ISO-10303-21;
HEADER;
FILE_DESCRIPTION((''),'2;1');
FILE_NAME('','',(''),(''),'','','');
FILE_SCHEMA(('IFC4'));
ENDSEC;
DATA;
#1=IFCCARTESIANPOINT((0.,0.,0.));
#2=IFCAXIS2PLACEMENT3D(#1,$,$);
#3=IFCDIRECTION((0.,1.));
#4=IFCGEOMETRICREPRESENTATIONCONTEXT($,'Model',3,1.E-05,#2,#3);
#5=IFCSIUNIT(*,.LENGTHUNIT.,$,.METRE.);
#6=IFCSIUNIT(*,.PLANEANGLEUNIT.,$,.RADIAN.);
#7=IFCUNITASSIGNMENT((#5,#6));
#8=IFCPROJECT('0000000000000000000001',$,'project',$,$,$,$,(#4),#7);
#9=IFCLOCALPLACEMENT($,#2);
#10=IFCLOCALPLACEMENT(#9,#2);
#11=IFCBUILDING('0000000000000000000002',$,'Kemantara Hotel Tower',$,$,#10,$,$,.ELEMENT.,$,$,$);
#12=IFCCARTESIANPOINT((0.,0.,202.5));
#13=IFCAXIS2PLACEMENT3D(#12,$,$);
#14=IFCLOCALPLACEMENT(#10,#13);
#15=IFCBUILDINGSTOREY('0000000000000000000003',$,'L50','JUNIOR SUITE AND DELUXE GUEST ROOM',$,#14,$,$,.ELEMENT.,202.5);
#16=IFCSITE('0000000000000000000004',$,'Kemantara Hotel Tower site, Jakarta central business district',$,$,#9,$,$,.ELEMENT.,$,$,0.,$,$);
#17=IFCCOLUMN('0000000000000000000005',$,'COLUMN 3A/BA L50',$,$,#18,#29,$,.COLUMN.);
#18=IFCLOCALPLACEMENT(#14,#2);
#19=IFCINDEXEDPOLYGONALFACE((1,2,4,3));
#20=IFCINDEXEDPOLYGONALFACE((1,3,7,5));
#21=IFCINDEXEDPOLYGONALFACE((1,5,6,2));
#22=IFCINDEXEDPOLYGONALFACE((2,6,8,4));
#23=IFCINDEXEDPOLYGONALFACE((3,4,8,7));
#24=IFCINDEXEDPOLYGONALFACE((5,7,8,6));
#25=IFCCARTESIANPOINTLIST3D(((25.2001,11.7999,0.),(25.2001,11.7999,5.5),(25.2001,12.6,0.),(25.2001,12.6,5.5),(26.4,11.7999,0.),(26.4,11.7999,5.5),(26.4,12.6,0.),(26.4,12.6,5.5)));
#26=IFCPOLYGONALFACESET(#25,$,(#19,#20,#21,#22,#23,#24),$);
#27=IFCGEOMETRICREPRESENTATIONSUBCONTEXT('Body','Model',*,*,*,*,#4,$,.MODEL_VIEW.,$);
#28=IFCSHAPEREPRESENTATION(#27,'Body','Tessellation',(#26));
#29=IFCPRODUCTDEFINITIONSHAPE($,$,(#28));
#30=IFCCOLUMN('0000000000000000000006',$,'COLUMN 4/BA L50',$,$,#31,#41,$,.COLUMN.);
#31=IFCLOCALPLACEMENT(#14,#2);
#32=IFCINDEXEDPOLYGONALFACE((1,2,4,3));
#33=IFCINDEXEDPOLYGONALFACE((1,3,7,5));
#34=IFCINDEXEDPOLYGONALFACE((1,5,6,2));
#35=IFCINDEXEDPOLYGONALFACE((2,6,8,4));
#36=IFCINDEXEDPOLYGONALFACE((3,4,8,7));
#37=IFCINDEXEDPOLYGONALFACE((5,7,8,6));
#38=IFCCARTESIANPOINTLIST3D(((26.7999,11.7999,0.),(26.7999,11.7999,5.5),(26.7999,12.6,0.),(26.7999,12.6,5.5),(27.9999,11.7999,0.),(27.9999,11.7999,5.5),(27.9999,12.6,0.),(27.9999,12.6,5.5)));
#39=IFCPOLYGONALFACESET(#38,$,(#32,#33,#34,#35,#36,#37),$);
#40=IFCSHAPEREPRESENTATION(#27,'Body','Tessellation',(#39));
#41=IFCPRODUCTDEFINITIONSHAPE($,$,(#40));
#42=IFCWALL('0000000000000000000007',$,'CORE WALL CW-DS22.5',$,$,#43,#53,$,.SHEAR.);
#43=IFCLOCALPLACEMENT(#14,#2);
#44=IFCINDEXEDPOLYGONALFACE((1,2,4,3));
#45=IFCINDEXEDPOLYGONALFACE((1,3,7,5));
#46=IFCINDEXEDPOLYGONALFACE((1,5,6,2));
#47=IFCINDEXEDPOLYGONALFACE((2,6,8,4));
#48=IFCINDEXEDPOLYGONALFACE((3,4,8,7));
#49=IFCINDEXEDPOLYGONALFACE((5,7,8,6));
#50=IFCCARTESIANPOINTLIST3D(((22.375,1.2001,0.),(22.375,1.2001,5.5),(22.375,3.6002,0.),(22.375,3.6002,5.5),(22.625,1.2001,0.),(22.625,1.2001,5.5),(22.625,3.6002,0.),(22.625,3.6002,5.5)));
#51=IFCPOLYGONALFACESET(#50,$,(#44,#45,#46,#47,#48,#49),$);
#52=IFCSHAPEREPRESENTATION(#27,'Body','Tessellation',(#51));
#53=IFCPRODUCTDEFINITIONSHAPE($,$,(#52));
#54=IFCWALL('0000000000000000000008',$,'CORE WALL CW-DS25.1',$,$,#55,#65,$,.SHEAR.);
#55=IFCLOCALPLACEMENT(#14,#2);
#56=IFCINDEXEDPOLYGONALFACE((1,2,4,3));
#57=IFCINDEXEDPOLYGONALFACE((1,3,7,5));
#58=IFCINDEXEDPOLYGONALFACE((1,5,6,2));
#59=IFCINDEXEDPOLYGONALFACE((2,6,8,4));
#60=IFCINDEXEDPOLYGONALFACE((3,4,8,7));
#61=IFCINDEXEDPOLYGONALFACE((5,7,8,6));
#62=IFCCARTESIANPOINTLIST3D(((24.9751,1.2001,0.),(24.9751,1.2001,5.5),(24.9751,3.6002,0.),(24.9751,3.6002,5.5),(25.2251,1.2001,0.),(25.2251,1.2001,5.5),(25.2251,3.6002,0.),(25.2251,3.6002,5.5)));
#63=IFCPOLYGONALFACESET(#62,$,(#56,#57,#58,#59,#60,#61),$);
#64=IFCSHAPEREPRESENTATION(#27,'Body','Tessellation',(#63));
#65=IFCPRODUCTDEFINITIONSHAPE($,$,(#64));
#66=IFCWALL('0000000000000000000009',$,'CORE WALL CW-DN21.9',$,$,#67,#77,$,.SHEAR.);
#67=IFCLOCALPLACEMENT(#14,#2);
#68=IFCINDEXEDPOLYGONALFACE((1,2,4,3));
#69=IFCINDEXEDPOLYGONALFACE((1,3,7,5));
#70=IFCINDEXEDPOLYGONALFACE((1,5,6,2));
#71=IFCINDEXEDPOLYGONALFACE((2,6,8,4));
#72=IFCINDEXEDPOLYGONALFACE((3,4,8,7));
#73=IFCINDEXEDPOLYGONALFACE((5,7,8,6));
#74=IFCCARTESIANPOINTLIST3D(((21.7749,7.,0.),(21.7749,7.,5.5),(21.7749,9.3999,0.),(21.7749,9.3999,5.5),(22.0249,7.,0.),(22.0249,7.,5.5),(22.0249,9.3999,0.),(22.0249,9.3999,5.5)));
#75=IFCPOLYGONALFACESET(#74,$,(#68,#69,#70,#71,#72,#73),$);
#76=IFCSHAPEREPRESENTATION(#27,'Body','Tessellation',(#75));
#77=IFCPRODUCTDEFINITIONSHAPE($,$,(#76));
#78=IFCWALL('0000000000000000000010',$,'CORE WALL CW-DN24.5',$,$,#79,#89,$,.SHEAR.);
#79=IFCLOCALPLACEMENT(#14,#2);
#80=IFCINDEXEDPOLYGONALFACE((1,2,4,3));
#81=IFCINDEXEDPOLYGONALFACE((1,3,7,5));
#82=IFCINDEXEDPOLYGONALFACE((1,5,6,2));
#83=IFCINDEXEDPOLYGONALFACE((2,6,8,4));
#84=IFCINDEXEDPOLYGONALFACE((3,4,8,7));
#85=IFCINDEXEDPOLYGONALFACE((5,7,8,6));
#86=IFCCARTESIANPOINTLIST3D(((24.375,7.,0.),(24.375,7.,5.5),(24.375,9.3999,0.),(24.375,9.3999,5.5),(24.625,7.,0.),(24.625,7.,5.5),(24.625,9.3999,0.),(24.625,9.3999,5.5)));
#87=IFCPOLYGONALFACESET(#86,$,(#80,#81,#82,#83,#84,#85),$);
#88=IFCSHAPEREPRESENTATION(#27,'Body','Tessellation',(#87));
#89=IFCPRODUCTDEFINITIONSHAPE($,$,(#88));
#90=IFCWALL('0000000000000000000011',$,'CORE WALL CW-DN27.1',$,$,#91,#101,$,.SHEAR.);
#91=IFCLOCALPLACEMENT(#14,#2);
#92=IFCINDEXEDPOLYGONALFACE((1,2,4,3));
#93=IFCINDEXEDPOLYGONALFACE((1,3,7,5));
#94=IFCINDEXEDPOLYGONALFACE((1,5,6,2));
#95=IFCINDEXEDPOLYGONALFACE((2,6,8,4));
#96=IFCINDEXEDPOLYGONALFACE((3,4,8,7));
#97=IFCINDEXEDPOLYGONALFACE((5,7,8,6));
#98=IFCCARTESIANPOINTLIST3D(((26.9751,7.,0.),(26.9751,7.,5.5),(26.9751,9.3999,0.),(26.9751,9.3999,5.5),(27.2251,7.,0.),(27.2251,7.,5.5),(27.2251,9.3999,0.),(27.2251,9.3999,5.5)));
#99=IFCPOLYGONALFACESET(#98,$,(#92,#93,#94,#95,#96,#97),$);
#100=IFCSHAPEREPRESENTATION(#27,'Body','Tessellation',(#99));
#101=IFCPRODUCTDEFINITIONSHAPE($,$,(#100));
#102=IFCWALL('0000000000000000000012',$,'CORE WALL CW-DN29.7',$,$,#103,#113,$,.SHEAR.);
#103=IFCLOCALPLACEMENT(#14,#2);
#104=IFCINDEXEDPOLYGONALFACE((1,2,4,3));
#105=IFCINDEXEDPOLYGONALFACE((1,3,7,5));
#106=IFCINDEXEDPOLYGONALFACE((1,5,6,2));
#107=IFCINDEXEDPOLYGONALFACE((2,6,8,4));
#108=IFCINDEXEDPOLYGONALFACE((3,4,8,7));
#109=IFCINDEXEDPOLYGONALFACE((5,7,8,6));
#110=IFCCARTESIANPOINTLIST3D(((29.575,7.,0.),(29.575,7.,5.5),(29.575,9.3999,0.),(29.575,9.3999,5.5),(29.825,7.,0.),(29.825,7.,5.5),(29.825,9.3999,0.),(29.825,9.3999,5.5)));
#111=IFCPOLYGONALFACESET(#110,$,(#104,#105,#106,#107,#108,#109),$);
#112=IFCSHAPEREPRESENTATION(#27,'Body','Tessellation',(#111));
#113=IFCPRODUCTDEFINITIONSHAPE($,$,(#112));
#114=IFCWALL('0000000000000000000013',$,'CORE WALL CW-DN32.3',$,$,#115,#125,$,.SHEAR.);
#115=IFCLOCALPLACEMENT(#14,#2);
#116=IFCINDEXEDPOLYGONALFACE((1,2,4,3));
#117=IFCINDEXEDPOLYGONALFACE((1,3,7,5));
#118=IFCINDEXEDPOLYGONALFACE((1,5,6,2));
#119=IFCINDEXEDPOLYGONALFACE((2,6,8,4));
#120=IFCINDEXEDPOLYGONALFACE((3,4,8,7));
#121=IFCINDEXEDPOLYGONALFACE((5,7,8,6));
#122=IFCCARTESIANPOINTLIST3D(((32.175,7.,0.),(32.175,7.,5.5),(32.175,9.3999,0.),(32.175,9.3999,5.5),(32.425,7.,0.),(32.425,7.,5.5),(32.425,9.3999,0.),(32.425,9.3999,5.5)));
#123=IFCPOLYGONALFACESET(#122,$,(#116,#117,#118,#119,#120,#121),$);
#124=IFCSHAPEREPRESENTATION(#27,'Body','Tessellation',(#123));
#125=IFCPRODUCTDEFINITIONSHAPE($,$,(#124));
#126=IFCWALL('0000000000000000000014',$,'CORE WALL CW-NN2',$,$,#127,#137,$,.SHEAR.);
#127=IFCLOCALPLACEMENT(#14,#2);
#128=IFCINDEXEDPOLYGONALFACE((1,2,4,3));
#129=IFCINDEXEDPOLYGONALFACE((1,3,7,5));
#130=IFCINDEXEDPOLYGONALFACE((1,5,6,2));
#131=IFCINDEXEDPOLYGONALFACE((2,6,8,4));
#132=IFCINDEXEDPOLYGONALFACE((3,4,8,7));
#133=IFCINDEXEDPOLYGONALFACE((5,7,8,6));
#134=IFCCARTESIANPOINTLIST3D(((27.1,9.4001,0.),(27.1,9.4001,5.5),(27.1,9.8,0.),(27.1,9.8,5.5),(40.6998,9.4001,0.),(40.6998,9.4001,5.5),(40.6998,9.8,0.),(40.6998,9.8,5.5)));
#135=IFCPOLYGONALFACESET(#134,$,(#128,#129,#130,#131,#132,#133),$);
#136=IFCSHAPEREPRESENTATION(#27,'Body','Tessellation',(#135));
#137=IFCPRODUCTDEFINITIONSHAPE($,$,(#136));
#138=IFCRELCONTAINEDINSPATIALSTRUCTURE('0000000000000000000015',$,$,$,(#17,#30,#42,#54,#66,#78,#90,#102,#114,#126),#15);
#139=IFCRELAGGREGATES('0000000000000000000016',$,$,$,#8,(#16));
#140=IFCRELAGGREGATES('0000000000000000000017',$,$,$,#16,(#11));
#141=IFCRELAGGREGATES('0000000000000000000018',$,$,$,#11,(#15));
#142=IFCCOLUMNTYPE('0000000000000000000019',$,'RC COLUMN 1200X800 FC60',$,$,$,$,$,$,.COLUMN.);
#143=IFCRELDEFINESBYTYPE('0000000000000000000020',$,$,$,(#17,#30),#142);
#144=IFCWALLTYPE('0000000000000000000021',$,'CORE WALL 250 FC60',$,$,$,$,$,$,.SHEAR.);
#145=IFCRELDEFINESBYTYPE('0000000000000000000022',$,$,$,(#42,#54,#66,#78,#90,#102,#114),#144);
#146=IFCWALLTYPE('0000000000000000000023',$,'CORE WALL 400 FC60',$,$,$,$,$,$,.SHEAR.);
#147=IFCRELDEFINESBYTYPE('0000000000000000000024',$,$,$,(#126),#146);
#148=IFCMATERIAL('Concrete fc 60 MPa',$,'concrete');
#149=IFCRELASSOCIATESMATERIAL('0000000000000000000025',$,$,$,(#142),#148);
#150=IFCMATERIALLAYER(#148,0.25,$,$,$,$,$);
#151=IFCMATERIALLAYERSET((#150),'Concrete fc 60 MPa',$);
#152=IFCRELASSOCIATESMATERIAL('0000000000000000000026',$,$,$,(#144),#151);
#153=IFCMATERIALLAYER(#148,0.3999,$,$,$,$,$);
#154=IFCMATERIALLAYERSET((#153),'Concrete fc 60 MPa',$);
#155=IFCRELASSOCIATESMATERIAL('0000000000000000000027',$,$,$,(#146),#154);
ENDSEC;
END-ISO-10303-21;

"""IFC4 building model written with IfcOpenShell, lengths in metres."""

from ifc_helpers import new_model, si_unit, direction, frame, frame_2d, origin, origin_2d, place, context, subcontext, project, spatial, rectangle, extrude, material, layer, layer_set, material_profile, profile_set, type_object, element, save


model = new_model("IFC4")

# Units and contexts
model_context = context("Model", 3, precision=1e-05, world=origin(), true_north=direction((0.0, 1.0)))
body_context = subcontext(model_context, "Body", "Model", "MODEL_VIEW")
ifc_project = project(units=[si_unit("LENGTHUNIT", "METRE"), si_unit("PLANEANGLEUNIT", "RADIAN")], contexts=[model_context])

# Site, building, storey
site_placement = place(None, origin())
site = spatial("IfcSite", under=ifc_project, at=site_placement, Name="Kemantara Hotel Tower site, Jakarta central business district", CompositionType="ELEMENT", RefElevation=0.0)
building_placement = place(site_placement, origin())
building = spatial("IfcBuilding", under=site, at=building_placement, Name="Kemantara Hotel Tower", CompositionType="ELEMENT")
storey_placement = place(building_placement, frame((0.0, 0.0, 202.5)))
storey = spatial("IfcBuildingStorey", under=building, at=storey_placement, Name="L50", Description="JUNIOR SUITE AND DELUXE GUEST ROOM", CompositionType="ELEMENT", Elevation=202.5)

# Columns
ifc_material_1 = material(Name="Concrete fc 60 MPa", Category="concrete")
ifc_material_profile = material_profile(ifc_material_1, rectangle(XDim=1.2, YDim=0.8, at=origin_2d()), Name="RC 1200X800")
ifc_profile_set = profile_set([ifc_material_profile], Name="Concrete fc 60 MPa")
column_type = type_object("IfcColumnType", Name="RC COLUMN 1200X800 FC60", PredefinedType="COLUMN", material=ifc_profile_set)
for number, where, z_axis, x_axis, name in (
    (1, (25.8, 12.2, 0.0), (0.0, 0.0, 1.0), (1.0, 0.0, 0.0), "COLUMN 3A/BA L50"),
    (2, (27.3999, 12.2, 0.0), (0.0, 0.0, 1.0), (1.0, 0.0, 0.0), "COLUMN 4/BA L50"),
):
    element("IfcColumn", number, at=place(storey_placement, frame(where, z_axis=z_axis, x_axis=x_axis)), inside=storey, type_object=column_type, Name=name, PredefinedType="COLUMN", context=body_context, shape_type="SweptSolid", body=[
        extrude(rectangle(XDim=1.2, YDim=0.8, at=origin_2d()), origin(), (0.0, 0.0, 1.0), 5.5),
    ])

# Walls
ifc_layer_1 = layer(ifc_material_1, 0.25)
ifc_layer_set_1 = layer_set([ifc_layer_1], Name="Concrete fc 60 MPa")
wall_type_1 = type_object("IfcWallType", Name="CORE WALL 250 FC60", PredefinedType="SHEAR", material=ifc_layer_set_1)
for number, where, z_axis, x_axis, name in (
    (3, (22.5, 1.2, 0.0), (0.0, 0.0, 1.0), (0.0, 1.0, 0.0), "CORE WALL CW-DS22.5"),
    (4, (25.1001, 1.2, 0.0), (0.0, 0.0, 1.0), (0.0, 1.0, 0.0), "CORE WALL CW-DS25.1"),
):
    element("IfcWall", number, at=place(storey_placement, frame(where, z_axis=z_axis, x_axis=x_axis)), inside=storey, type_object=wall_type_1, Name=name, PredefinedType="SHEAR", context=body_context, shape_type="SweptSolid", body=[
        extrude(rectangle(XDim=2.4001, YDim=0.25, at=frame_2d((1.2002, 0.0))), origin(), (0.0, 0.0, 1.0), 5.5),
    ])
for number, where, z_axis, x_axis, name in (
    (5, (21.8999, 7.0, 0.0), (0.0, 0.0, 1.0), (0.0, 1.0, 0.0), "CORE WALL CW-DN21.9"),
    (6, (24.5, 7.0, 0.0), (0.0, 0.0, 1.0), (0.0, 1.0, 0.0), "CORE WALL CW-DN24.5"),
    (7, (27.1001, 7.0, 0.0), (0.0, 0.0, 1.0), (0.0, 1.0, 0.0), "CORE WALL CW-DN27.1"),
    (8, (29.7, 7.0, 0.0), (0.0, 0.0, 1.0), (0.0, 1.0, 0.0), "CORE WALL CW-DN29.7"),
    (9, (32.3, 7.0, 0.0), (0.0, 0.0, 1.0), (0.0, 1.0, 0.0), "CORE WALL CW-DN32.3"),
):
    element("IfcWall", number, at=place(storey_placement, frame(where, z_axis=z_axis, x_axis=x_axis)), inside=storey, type_object=wall_type_1, Name=name, PredefinedType="SHEAR", context=body_context, shape_type="SweptSolid", body=[
        extrude(rectangle(XDim=2.3999, YDim=0.25, at=frame_2d((1.2, 0.0))), origin(), (0.0, 0.0, 1.0), 5.5),
    ])
ifc_layer_2 = layer(ifc_material_1, 0.3999)
ifc_layer_set_2 = layer_set([ifc_layer_2], Name="Concrete fc 60 MPa")
wall_type_2 = type_object("IfcWallType", Name="CORE WALL 400 FC60", PredefinedType="SHEAR", material=ifc_layer_set_2)
wall_1_placement = place(storey_placement, frame((27.1001, 9.6001, 0.0), z_axis=(0.0, 0.0, 1.0), x_axis=(1.0, 0.0, 0.0)))
element("IfcWall", 10, at=wall_1_placement, inside=storey, type_object=wall_type_2, Name="CORE WALL CW-NN2", PredefinedType="SHEAR", context=body_context, shape_type="SweptSolid", body=[
    extrude(rectangle(XDim=13.5999, YDim=0.3999, at=frame_2d((6.7998, 0.0))), origin(), (0.0, 0.0, 1.0), 5.5),
])

save(model, "model.ifc")
